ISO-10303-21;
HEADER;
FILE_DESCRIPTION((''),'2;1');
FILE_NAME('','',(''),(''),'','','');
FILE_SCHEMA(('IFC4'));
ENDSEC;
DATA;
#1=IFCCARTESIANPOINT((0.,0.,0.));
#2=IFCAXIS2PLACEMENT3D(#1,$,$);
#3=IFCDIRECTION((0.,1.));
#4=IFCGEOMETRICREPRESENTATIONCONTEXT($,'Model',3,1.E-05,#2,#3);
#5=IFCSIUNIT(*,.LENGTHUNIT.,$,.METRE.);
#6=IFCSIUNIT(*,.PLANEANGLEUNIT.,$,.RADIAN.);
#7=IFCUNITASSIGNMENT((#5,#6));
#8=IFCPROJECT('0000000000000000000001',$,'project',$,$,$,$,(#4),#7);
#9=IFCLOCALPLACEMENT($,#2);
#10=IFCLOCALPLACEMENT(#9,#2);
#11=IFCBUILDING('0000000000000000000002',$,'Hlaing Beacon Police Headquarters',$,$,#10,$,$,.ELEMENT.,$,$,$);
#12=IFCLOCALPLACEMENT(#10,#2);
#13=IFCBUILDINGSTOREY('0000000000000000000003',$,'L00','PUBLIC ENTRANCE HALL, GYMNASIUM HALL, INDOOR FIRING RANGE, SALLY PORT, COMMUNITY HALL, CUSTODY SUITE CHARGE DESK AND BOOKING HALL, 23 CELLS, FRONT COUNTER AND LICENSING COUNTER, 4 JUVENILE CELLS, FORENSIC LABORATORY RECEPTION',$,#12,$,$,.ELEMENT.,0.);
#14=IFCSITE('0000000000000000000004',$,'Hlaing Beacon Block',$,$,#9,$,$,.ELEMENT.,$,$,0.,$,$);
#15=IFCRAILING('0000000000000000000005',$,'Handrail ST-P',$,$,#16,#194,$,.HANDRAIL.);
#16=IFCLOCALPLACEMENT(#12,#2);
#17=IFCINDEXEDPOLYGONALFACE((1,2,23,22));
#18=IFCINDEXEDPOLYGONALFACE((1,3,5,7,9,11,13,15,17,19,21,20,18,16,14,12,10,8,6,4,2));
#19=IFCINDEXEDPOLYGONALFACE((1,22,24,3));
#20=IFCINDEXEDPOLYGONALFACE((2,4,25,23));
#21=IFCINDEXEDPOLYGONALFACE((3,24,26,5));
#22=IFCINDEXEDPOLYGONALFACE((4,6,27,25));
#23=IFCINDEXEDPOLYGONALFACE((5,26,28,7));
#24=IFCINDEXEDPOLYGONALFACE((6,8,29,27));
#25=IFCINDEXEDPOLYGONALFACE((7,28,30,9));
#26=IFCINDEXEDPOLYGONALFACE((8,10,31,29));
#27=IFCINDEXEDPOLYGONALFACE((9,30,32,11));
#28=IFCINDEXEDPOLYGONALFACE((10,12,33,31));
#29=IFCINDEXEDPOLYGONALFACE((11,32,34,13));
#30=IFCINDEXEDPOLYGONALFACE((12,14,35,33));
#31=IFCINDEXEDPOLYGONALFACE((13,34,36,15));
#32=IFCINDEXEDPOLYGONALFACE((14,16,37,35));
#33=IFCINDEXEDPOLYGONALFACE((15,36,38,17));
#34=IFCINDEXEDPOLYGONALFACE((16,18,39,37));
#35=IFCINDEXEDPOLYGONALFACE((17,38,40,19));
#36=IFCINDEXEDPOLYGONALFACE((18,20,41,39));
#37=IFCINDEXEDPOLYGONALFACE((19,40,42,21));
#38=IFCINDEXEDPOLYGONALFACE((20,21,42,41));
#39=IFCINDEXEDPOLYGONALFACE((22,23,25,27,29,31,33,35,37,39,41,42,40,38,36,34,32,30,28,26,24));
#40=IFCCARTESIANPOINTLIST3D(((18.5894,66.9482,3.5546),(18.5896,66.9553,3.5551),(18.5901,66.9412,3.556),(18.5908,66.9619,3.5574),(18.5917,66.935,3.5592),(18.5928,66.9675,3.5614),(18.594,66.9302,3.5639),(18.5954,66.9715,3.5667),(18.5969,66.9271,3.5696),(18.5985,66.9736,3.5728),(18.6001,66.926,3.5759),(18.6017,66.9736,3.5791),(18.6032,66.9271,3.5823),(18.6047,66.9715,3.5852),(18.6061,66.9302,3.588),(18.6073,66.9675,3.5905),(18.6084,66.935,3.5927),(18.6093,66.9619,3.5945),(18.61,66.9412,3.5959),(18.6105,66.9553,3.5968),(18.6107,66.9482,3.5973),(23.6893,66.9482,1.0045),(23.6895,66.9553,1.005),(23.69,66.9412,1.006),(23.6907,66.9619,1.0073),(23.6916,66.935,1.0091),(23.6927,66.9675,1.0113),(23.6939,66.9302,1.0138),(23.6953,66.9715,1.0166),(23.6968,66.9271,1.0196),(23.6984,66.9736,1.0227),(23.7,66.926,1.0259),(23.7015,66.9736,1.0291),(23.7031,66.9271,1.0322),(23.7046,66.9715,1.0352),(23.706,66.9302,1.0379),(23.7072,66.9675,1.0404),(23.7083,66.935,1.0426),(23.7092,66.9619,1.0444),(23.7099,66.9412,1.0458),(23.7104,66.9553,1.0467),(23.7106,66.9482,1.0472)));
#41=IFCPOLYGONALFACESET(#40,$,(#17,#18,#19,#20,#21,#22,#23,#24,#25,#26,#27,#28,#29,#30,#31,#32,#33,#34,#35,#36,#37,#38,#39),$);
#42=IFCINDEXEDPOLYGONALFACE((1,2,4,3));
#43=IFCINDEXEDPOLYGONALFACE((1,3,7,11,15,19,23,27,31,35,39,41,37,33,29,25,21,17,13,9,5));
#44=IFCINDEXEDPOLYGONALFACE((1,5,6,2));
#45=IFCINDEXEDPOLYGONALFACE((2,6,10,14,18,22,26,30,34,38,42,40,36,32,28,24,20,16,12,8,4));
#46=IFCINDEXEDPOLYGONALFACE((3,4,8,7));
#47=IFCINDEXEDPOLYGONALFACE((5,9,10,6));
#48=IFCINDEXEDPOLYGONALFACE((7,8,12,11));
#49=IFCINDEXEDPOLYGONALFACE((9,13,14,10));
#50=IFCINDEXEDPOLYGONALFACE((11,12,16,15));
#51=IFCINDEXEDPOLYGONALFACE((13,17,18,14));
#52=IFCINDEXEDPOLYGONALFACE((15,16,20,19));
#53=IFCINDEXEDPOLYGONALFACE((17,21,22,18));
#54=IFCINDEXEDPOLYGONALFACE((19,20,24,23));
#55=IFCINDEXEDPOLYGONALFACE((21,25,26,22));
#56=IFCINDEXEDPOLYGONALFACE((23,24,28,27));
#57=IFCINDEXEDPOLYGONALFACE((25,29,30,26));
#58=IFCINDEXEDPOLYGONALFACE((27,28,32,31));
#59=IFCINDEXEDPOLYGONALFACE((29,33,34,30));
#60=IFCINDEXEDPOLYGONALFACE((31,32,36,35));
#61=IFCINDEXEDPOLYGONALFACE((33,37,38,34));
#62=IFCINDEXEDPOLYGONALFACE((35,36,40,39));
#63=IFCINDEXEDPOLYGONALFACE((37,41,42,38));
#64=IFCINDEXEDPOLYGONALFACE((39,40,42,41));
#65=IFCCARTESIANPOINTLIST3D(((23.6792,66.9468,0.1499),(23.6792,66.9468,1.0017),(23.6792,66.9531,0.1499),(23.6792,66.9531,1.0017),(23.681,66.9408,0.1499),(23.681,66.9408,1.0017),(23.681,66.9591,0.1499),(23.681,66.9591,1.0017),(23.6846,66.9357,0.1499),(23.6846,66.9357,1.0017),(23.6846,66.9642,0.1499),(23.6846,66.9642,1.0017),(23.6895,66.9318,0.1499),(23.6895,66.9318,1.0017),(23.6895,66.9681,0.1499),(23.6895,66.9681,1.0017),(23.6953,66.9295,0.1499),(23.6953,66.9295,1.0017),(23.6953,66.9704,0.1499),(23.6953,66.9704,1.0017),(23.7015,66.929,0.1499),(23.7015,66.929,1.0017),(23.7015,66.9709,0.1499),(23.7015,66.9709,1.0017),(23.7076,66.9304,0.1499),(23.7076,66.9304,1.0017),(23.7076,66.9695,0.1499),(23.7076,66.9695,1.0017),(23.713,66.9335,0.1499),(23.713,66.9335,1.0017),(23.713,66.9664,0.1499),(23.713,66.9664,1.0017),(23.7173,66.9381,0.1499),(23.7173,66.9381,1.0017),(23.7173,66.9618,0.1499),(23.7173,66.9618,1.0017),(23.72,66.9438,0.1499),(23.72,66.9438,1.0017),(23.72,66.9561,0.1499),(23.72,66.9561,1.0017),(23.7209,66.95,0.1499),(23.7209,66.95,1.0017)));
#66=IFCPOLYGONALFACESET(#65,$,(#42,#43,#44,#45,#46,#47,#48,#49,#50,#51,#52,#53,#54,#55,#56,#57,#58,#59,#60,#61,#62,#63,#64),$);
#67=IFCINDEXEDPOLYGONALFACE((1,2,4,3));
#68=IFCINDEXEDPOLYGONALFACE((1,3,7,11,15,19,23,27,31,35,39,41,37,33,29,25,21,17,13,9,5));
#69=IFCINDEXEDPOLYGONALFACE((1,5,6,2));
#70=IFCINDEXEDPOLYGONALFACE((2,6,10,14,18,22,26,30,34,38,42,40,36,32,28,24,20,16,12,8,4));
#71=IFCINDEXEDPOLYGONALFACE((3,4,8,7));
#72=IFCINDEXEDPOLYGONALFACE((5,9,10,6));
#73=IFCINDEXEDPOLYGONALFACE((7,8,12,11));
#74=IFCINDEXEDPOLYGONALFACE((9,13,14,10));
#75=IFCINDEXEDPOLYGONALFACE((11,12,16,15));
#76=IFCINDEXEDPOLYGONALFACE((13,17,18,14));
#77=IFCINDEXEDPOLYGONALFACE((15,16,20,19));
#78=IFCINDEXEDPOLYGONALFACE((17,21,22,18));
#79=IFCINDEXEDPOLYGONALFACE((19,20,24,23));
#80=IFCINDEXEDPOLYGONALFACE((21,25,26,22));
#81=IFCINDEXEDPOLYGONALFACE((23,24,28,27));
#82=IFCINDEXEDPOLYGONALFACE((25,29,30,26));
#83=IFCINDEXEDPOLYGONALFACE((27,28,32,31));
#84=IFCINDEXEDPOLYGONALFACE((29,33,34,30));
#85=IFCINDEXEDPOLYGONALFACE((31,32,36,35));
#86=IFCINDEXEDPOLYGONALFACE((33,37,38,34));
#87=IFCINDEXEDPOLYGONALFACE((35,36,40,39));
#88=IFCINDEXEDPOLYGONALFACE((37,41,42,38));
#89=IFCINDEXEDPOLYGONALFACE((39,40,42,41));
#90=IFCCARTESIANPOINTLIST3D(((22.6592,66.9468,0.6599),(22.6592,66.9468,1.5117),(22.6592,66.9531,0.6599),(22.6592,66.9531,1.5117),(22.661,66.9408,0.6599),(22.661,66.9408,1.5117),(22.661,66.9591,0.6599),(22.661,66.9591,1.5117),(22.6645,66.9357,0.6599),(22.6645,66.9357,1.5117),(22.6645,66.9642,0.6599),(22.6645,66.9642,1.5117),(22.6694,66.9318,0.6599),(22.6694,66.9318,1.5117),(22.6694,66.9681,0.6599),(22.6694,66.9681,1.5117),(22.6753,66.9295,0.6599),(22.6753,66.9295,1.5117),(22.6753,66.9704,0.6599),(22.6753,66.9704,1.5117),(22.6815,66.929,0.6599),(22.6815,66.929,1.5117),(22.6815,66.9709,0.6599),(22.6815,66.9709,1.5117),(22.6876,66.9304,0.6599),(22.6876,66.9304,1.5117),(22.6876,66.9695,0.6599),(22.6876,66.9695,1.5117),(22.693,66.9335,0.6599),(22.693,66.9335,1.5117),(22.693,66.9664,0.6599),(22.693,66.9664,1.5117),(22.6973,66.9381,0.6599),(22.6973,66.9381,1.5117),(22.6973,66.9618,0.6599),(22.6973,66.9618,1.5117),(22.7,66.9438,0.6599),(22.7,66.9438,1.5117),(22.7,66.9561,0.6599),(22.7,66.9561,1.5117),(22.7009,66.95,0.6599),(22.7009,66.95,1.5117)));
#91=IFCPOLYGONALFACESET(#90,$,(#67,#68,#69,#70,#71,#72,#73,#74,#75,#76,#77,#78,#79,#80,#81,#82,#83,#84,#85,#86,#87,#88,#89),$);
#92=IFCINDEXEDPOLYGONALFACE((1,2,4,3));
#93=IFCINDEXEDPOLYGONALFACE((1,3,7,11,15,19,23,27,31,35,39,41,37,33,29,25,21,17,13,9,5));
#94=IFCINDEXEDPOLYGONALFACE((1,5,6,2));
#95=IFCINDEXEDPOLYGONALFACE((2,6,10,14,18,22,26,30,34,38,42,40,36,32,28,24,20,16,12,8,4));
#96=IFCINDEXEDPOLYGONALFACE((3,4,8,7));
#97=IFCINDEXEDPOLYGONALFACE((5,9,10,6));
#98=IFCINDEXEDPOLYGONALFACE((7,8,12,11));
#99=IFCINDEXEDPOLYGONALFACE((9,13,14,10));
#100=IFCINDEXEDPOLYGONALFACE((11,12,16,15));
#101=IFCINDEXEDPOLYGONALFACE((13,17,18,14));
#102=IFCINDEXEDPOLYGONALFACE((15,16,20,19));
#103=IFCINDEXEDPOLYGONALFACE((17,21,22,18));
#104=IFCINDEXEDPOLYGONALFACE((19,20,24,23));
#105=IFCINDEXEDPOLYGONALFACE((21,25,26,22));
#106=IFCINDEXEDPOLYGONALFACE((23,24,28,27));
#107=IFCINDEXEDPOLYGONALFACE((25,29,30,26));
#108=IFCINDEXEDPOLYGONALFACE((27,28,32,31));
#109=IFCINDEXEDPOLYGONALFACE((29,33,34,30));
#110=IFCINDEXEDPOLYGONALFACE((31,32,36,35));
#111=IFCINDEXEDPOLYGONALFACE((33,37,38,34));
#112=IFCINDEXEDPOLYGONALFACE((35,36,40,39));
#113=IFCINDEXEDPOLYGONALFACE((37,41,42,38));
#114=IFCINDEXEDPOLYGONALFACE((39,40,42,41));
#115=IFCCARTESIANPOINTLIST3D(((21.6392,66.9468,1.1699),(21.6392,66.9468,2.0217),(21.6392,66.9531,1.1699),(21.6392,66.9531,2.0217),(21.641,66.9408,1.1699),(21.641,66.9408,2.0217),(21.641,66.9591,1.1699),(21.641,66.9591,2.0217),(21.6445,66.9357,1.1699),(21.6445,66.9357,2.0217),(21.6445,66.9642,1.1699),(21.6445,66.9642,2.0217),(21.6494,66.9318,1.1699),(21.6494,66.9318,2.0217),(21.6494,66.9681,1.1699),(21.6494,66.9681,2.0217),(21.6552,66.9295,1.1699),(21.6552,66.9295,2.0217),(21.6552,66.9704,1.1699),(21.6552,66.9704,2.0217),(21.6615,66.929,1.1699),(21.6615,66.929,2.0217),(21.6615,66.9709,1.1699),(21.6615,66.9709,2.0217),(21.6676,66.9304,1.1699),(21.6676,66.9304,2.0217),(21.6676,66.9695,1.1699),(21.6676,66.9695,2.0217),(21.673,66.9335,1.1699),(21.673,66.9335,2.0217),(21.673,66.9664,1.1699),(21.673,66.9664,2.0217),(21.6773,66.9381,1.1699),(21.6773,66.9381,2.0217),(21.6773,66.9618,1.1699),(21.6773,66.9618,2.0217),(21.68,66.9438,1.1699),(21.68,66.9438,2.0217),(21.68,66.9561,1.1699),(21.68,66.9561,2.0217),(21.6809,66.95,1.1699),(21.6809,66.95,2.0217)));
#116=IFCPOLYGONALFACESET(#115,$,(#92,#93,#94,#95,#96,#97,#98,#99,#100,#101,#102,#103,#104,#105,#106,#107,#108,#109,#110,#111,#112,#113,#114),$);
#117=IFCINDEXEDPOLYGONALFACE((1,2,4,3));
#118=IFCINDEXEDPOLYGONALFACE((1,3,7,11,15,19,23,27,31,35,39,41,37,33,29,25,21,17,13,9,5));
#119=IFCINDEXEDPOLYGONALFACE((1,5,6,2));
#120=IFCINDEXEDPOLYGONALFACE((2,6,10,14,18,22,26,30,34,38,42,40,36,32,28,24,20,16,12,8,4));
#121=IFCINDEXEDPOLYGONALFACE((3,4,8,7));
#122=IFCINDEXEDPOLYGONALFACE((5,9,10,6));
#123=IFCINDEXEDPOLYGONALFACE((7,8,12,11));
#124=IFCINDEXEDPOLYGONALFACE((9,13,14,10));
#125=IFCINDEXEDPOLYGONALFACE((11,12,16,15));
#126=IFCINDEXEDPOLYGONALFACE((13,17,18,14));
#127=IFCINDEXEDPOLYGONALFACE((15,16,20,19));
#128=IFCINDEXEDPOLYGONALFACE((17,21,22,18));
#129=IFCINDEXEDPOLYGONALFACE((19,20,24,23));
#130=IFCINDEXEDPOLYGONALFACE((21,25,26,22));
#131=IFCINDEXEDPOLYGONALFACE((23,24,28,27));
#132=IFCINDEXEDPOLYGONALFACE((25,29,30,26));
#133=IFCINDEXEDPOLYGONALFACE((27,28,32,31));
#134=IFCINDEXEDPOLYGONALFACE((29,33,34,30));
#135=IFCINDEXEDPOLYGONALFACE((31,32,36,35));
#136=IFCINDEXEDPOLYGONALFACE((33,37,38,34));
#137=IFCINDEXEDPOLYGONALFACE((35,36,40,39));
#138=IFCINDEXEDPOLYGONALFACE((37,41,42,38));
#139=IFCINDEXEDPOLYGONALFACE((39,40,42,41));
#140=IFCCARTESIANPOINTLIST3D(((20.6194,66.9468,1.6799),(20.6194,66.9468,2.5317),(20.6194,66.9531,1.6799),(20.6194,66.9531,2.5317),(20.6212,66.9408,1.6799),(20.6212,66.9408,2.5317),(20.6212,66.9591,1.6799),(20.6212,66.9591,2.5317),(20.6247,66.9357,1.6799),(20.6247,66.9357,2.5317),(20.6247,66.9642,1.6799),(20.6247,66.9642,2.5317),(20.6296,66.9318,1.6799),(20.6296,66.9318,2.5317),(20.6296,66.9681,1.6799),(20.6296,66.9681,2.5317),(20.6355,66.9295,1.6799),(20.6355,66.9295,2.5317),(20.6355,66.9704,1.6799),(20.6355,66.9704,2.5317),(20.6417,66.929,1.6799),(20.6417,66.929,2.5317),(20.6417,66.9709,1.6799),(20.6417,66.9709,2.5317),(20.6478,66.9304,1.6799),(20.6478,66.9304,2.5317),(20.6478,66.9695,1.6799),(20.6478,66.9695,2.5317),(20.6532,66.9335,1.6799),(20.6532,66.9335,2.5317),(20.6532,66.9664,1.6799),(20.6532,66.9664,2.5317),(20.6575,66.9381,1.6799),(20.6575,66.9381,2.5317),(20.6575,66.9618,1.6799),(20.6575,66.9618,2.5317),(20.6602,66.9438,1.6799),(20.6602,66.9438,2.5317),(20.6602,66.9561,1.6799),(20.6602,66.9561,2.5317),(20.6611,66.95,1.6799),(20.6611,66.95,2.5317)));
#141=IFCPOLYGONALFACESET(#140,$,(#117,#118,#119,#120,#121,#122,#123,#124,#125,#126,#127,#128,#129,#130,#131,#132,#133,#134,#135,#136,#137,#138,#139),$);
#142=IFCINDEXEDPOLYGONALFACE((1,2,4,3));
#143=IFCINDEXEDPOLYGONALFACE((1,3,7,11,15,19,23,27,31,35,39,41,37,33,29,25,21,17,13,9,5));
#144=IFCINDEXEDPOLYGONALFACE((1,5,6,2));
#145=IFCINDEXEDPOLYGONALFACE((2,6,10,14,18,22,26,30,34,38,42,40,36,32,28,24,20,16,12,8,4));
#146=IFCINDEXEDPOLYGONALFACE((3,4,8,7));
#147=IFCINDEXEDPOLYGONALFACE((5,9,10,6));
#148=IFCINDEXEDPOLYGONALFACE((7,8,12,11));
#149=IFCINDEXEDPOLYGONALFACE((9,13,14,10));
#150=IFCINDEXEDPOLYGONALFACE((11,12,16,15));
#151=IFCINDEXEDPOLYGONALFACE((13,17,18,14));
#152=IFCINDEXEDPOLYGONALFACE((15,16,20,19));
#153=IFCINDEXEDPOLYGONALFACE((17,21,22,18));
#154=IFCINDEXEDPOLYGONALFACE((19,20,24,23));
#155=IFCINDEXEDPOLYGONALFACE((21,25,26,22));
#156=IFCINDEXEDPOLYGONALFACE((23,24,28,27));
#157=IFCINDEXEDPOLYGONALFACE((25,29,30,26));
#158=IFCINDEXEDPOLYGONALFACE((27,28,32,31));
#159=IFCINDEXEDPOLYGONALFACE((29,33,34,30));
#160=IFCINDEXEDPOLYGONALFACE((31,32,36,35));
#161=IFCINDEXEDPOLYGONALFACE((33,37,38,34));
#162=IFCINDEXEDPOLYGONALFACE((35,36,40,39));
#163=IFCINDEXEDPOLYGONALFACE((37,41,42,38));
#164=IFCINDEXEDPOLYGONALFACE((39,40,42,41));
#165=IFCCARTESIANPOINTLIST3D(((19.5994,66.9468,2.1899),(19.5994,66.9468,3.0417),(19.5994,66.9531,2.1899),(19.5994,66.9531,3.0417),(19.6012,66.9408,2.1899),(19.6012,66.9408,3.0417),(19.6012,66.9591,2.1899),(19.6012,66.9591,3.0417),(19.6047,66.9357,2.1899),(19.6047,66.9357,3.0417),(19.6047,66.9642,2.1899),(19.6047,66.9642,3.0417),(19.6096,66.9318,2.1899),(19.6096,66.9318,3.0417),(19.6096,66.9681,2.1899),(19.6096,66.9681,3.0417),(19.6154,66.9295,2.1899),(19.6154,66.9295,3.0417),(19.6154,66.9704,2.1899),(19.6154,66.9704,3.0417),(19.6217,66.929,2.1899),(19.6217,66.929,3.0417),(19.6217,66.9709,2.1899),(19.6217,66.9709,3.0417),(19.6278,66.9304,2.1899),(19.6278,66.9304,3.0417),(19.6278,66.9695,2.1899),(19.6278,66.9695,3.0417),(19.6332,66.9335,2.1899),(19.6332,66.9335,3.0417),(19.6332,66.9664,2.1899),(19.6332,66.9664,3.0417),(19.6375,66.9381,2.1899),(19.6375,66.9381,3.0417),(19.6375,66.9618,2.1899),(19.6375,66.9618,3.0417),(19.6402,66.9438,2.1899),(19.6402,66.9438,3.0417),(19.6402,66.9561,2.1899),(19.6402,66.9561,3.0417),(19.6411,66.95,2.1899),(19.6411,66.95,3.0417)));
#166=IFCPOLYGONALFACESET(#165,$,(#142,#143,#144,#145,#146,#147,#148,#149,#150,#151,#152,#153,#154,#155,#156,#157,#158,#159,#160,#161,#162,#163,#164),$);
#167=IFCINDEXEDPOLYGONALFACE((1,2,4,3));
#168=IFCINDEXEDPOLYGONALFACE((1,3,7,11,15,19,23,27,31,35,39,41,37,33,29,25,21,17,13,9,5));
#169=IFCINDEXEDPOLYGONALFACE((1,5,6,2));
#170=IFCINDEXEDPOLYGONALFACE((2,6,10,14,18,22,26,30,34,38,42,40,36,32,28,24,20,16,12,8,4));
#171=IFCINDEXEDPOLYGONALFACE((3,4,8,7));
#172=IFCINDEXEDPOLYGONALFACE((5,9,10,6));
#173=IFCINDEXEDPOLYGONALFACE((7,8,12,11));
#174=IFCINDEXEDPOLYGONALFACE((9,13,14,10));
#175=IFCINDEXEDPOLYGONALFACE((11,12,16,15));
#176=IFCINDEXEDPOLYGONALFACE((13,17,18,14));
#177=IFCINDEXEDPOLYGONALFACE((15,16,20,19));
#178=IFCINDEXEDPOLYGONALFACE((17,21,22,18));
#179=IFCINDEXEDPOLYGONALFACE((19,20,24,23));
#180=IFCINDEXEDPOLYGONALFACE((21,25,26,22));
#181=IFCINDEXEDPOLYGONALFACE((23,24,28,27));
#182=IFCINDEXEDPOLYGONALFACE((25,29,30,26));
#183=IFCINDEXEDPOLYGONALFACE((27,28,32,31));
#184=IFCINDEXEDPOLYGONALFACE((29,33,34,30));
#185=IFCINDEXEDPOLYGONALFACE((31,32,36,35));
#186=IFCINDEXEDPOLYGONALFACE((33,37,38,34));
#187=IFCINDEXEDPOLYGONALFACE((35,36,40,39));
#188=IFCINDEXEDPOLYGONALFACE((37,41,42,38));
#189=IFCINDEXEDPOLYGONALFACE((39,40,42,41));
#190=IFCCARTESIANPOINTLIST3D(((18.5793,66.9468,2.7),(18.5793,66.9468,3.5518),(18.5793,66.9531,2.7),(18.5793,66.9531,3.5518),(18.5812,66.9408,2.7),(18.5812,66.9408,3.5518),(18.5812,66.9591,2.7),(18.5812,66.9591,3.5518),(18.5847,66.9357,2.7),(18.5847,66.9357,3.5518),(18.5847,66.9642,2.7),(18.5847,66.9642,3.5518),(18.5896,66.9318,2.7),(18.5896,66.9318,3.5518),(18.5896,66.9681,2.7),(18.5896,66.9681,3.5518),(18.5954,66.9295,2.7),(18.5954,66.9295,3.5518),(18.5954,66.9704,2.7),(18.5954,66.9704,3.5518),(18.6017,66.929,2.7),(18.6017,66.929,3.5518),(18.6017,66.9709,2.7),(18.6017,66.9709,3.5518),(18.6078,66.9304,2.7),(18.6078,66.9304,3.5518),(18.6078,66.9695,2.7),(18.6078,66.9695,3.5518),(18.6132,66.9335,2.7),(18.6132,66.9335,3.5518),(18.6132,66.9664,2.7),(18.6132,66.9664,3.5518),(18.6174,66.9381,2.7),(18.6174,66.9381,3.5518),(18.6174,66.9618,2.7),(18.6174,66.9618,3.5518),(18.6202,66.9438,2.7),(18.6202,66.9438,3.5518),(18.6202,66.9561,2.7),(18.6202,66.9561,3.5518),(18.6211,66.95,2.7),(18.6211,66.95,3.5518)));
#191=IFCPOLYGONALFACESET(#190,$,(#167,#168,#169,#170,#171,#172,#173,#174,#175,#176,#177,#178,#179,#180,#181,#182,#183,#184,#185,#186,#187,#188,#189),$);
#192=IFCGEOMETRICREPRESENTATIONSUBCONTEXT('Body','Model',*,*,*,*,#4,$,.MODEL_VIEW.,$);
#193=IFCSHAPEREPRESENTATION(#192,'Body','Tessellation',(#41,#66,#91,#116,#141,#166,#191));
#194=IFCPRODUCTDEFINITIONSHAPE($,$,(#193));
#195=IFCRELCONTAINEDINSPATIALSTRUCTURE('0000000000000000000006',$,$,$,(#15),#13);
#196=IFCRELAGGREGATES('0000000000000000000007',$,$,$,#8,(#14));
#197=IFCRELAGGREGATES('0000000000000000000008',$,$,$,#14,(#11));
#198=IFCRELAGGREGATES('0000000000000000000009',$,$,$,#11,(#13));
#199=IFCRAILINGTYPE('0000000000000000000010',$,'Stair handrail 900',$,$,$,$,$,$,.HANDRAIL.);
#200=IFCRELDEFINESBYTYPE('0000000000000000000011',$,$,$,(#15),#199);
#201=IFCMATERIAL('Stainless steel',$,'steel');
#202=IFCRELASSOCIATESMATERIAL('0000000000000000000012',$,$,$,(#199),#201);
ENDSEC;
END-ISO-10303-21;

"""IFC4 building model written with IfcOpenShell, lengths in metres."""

from ifc_helpers import new_model, si_unit, direction, frame, origin, origin_2d, place, context, subcontext, project, spatial, circle, extrude, material, type_object, element, save


model = new_model("IFC4")

# Units and contexts
model_context = context("Model", 3, precision=1e-05, world=origin(), true_north=direction((0.0, 1.0)))
body_context = subcontext(model_context, "Body", "Model", "MODEL_VIEW")
ifc_project = project(units=[si_unit("LENGTHUNIT", "METRE"), si_unit("PLANEANGLEUNIT", "RADIAN")], contexts=[model_context])

# Site, building, storey
site_placement = place(None, origin())
site = spatial("IfcSite", under=ifc_project, at=site_placement, Name="Hlaing Beacon Block", CompositionType="ELEMENT", RefElevation=0.0)
building_placement = place(site_placement, origin())
building = spatial("IfcBuilding", under=site, at=building_placement, Name="Hlaing Beacon Police Headquarters", CompositionType="ELEMENT")
storey_placement = place(building_placement, origin())
storey = spatial("IfcBuildingStorey", under=building, at=storey_placement, Name="L00", Description="PUBLIC ENTRANCE HALL, GYMNASIUM HALL, INDOOR FIRING RANGE, SALLY PORT, COMMUNITY HALL, CUSTODY SUITE CHARGE DESK AND BOOKING HALL, 23 CELLS, FRONT COUNTER AND LICENSING COUNTER, 4 JUVENILE CELLS, FORENSIC LABORATORY RECEPTION", CompositionType="ELEMENT", Elevation=0.0)

# Railing
ifc_material_1 = material(Name="Stainless steel", Category="steel")
railing_type_1 = type_object("IfcRailingType", Name="Stair handrail 900", PredefinedType="HANDRAIL", material=ifc_material_1)
for number, where, name in (
    (1, (23.7, 66.95, 0.1499), "Handrail ST-P"),
):
    element("IfcRailing", number, at=place(storey_placement, frame(where)), inside=storey, type_object=railing_type_1, Name=name, PredefinedType="HANDRAIL", context=body_context, shape_type="SweptSolid", body=[
        extrude(circle(Radius=0.0239, at=origin_2d()), frame((0.0, 0.0, 0.876), z_axis=(-0.894419, 0.0, 0.447231), x_axis=(0.0, -1.0, 0.0)), (0.0, 0.0, 1.0), 5.7019),
        extrude(circle(Radius=0.021, at=origin_2d()), origin(), (0.0, 0.0, 1.0), 0.8518),
        extrude(circle(Radius=0.021, at=origin_2d()), frame((-1.02, 0.0, 0.51)), (0.0, 0.0, 1.0), 0.8518),
        extrude(circle(Radius=0.021, at=origin_2d()), frame((-2.04, 0.0, 1.02)), (0.0, 0.0, 1.0), 0.8518),
        extrude(circle(Radius=0.021, at=origin_2d()), frame((-3.0598, 0.0, 1.53)), (0.0, 0.0, 1.0), 0.8518),
        extrude(circle(Radius=0.021, at=origin_2d()), frame((-4.0798, 0.0, 2.04)), (0.0, 0.0, 1.0), 0.8518),
        extrude(circle(Radius=0.021, at=origin_2d()), frame((-5.0999, 0.0, 2.55)), (0.0, 0.0, 1.0), 0.8518),
    ])

save(model, "model.ifc")
